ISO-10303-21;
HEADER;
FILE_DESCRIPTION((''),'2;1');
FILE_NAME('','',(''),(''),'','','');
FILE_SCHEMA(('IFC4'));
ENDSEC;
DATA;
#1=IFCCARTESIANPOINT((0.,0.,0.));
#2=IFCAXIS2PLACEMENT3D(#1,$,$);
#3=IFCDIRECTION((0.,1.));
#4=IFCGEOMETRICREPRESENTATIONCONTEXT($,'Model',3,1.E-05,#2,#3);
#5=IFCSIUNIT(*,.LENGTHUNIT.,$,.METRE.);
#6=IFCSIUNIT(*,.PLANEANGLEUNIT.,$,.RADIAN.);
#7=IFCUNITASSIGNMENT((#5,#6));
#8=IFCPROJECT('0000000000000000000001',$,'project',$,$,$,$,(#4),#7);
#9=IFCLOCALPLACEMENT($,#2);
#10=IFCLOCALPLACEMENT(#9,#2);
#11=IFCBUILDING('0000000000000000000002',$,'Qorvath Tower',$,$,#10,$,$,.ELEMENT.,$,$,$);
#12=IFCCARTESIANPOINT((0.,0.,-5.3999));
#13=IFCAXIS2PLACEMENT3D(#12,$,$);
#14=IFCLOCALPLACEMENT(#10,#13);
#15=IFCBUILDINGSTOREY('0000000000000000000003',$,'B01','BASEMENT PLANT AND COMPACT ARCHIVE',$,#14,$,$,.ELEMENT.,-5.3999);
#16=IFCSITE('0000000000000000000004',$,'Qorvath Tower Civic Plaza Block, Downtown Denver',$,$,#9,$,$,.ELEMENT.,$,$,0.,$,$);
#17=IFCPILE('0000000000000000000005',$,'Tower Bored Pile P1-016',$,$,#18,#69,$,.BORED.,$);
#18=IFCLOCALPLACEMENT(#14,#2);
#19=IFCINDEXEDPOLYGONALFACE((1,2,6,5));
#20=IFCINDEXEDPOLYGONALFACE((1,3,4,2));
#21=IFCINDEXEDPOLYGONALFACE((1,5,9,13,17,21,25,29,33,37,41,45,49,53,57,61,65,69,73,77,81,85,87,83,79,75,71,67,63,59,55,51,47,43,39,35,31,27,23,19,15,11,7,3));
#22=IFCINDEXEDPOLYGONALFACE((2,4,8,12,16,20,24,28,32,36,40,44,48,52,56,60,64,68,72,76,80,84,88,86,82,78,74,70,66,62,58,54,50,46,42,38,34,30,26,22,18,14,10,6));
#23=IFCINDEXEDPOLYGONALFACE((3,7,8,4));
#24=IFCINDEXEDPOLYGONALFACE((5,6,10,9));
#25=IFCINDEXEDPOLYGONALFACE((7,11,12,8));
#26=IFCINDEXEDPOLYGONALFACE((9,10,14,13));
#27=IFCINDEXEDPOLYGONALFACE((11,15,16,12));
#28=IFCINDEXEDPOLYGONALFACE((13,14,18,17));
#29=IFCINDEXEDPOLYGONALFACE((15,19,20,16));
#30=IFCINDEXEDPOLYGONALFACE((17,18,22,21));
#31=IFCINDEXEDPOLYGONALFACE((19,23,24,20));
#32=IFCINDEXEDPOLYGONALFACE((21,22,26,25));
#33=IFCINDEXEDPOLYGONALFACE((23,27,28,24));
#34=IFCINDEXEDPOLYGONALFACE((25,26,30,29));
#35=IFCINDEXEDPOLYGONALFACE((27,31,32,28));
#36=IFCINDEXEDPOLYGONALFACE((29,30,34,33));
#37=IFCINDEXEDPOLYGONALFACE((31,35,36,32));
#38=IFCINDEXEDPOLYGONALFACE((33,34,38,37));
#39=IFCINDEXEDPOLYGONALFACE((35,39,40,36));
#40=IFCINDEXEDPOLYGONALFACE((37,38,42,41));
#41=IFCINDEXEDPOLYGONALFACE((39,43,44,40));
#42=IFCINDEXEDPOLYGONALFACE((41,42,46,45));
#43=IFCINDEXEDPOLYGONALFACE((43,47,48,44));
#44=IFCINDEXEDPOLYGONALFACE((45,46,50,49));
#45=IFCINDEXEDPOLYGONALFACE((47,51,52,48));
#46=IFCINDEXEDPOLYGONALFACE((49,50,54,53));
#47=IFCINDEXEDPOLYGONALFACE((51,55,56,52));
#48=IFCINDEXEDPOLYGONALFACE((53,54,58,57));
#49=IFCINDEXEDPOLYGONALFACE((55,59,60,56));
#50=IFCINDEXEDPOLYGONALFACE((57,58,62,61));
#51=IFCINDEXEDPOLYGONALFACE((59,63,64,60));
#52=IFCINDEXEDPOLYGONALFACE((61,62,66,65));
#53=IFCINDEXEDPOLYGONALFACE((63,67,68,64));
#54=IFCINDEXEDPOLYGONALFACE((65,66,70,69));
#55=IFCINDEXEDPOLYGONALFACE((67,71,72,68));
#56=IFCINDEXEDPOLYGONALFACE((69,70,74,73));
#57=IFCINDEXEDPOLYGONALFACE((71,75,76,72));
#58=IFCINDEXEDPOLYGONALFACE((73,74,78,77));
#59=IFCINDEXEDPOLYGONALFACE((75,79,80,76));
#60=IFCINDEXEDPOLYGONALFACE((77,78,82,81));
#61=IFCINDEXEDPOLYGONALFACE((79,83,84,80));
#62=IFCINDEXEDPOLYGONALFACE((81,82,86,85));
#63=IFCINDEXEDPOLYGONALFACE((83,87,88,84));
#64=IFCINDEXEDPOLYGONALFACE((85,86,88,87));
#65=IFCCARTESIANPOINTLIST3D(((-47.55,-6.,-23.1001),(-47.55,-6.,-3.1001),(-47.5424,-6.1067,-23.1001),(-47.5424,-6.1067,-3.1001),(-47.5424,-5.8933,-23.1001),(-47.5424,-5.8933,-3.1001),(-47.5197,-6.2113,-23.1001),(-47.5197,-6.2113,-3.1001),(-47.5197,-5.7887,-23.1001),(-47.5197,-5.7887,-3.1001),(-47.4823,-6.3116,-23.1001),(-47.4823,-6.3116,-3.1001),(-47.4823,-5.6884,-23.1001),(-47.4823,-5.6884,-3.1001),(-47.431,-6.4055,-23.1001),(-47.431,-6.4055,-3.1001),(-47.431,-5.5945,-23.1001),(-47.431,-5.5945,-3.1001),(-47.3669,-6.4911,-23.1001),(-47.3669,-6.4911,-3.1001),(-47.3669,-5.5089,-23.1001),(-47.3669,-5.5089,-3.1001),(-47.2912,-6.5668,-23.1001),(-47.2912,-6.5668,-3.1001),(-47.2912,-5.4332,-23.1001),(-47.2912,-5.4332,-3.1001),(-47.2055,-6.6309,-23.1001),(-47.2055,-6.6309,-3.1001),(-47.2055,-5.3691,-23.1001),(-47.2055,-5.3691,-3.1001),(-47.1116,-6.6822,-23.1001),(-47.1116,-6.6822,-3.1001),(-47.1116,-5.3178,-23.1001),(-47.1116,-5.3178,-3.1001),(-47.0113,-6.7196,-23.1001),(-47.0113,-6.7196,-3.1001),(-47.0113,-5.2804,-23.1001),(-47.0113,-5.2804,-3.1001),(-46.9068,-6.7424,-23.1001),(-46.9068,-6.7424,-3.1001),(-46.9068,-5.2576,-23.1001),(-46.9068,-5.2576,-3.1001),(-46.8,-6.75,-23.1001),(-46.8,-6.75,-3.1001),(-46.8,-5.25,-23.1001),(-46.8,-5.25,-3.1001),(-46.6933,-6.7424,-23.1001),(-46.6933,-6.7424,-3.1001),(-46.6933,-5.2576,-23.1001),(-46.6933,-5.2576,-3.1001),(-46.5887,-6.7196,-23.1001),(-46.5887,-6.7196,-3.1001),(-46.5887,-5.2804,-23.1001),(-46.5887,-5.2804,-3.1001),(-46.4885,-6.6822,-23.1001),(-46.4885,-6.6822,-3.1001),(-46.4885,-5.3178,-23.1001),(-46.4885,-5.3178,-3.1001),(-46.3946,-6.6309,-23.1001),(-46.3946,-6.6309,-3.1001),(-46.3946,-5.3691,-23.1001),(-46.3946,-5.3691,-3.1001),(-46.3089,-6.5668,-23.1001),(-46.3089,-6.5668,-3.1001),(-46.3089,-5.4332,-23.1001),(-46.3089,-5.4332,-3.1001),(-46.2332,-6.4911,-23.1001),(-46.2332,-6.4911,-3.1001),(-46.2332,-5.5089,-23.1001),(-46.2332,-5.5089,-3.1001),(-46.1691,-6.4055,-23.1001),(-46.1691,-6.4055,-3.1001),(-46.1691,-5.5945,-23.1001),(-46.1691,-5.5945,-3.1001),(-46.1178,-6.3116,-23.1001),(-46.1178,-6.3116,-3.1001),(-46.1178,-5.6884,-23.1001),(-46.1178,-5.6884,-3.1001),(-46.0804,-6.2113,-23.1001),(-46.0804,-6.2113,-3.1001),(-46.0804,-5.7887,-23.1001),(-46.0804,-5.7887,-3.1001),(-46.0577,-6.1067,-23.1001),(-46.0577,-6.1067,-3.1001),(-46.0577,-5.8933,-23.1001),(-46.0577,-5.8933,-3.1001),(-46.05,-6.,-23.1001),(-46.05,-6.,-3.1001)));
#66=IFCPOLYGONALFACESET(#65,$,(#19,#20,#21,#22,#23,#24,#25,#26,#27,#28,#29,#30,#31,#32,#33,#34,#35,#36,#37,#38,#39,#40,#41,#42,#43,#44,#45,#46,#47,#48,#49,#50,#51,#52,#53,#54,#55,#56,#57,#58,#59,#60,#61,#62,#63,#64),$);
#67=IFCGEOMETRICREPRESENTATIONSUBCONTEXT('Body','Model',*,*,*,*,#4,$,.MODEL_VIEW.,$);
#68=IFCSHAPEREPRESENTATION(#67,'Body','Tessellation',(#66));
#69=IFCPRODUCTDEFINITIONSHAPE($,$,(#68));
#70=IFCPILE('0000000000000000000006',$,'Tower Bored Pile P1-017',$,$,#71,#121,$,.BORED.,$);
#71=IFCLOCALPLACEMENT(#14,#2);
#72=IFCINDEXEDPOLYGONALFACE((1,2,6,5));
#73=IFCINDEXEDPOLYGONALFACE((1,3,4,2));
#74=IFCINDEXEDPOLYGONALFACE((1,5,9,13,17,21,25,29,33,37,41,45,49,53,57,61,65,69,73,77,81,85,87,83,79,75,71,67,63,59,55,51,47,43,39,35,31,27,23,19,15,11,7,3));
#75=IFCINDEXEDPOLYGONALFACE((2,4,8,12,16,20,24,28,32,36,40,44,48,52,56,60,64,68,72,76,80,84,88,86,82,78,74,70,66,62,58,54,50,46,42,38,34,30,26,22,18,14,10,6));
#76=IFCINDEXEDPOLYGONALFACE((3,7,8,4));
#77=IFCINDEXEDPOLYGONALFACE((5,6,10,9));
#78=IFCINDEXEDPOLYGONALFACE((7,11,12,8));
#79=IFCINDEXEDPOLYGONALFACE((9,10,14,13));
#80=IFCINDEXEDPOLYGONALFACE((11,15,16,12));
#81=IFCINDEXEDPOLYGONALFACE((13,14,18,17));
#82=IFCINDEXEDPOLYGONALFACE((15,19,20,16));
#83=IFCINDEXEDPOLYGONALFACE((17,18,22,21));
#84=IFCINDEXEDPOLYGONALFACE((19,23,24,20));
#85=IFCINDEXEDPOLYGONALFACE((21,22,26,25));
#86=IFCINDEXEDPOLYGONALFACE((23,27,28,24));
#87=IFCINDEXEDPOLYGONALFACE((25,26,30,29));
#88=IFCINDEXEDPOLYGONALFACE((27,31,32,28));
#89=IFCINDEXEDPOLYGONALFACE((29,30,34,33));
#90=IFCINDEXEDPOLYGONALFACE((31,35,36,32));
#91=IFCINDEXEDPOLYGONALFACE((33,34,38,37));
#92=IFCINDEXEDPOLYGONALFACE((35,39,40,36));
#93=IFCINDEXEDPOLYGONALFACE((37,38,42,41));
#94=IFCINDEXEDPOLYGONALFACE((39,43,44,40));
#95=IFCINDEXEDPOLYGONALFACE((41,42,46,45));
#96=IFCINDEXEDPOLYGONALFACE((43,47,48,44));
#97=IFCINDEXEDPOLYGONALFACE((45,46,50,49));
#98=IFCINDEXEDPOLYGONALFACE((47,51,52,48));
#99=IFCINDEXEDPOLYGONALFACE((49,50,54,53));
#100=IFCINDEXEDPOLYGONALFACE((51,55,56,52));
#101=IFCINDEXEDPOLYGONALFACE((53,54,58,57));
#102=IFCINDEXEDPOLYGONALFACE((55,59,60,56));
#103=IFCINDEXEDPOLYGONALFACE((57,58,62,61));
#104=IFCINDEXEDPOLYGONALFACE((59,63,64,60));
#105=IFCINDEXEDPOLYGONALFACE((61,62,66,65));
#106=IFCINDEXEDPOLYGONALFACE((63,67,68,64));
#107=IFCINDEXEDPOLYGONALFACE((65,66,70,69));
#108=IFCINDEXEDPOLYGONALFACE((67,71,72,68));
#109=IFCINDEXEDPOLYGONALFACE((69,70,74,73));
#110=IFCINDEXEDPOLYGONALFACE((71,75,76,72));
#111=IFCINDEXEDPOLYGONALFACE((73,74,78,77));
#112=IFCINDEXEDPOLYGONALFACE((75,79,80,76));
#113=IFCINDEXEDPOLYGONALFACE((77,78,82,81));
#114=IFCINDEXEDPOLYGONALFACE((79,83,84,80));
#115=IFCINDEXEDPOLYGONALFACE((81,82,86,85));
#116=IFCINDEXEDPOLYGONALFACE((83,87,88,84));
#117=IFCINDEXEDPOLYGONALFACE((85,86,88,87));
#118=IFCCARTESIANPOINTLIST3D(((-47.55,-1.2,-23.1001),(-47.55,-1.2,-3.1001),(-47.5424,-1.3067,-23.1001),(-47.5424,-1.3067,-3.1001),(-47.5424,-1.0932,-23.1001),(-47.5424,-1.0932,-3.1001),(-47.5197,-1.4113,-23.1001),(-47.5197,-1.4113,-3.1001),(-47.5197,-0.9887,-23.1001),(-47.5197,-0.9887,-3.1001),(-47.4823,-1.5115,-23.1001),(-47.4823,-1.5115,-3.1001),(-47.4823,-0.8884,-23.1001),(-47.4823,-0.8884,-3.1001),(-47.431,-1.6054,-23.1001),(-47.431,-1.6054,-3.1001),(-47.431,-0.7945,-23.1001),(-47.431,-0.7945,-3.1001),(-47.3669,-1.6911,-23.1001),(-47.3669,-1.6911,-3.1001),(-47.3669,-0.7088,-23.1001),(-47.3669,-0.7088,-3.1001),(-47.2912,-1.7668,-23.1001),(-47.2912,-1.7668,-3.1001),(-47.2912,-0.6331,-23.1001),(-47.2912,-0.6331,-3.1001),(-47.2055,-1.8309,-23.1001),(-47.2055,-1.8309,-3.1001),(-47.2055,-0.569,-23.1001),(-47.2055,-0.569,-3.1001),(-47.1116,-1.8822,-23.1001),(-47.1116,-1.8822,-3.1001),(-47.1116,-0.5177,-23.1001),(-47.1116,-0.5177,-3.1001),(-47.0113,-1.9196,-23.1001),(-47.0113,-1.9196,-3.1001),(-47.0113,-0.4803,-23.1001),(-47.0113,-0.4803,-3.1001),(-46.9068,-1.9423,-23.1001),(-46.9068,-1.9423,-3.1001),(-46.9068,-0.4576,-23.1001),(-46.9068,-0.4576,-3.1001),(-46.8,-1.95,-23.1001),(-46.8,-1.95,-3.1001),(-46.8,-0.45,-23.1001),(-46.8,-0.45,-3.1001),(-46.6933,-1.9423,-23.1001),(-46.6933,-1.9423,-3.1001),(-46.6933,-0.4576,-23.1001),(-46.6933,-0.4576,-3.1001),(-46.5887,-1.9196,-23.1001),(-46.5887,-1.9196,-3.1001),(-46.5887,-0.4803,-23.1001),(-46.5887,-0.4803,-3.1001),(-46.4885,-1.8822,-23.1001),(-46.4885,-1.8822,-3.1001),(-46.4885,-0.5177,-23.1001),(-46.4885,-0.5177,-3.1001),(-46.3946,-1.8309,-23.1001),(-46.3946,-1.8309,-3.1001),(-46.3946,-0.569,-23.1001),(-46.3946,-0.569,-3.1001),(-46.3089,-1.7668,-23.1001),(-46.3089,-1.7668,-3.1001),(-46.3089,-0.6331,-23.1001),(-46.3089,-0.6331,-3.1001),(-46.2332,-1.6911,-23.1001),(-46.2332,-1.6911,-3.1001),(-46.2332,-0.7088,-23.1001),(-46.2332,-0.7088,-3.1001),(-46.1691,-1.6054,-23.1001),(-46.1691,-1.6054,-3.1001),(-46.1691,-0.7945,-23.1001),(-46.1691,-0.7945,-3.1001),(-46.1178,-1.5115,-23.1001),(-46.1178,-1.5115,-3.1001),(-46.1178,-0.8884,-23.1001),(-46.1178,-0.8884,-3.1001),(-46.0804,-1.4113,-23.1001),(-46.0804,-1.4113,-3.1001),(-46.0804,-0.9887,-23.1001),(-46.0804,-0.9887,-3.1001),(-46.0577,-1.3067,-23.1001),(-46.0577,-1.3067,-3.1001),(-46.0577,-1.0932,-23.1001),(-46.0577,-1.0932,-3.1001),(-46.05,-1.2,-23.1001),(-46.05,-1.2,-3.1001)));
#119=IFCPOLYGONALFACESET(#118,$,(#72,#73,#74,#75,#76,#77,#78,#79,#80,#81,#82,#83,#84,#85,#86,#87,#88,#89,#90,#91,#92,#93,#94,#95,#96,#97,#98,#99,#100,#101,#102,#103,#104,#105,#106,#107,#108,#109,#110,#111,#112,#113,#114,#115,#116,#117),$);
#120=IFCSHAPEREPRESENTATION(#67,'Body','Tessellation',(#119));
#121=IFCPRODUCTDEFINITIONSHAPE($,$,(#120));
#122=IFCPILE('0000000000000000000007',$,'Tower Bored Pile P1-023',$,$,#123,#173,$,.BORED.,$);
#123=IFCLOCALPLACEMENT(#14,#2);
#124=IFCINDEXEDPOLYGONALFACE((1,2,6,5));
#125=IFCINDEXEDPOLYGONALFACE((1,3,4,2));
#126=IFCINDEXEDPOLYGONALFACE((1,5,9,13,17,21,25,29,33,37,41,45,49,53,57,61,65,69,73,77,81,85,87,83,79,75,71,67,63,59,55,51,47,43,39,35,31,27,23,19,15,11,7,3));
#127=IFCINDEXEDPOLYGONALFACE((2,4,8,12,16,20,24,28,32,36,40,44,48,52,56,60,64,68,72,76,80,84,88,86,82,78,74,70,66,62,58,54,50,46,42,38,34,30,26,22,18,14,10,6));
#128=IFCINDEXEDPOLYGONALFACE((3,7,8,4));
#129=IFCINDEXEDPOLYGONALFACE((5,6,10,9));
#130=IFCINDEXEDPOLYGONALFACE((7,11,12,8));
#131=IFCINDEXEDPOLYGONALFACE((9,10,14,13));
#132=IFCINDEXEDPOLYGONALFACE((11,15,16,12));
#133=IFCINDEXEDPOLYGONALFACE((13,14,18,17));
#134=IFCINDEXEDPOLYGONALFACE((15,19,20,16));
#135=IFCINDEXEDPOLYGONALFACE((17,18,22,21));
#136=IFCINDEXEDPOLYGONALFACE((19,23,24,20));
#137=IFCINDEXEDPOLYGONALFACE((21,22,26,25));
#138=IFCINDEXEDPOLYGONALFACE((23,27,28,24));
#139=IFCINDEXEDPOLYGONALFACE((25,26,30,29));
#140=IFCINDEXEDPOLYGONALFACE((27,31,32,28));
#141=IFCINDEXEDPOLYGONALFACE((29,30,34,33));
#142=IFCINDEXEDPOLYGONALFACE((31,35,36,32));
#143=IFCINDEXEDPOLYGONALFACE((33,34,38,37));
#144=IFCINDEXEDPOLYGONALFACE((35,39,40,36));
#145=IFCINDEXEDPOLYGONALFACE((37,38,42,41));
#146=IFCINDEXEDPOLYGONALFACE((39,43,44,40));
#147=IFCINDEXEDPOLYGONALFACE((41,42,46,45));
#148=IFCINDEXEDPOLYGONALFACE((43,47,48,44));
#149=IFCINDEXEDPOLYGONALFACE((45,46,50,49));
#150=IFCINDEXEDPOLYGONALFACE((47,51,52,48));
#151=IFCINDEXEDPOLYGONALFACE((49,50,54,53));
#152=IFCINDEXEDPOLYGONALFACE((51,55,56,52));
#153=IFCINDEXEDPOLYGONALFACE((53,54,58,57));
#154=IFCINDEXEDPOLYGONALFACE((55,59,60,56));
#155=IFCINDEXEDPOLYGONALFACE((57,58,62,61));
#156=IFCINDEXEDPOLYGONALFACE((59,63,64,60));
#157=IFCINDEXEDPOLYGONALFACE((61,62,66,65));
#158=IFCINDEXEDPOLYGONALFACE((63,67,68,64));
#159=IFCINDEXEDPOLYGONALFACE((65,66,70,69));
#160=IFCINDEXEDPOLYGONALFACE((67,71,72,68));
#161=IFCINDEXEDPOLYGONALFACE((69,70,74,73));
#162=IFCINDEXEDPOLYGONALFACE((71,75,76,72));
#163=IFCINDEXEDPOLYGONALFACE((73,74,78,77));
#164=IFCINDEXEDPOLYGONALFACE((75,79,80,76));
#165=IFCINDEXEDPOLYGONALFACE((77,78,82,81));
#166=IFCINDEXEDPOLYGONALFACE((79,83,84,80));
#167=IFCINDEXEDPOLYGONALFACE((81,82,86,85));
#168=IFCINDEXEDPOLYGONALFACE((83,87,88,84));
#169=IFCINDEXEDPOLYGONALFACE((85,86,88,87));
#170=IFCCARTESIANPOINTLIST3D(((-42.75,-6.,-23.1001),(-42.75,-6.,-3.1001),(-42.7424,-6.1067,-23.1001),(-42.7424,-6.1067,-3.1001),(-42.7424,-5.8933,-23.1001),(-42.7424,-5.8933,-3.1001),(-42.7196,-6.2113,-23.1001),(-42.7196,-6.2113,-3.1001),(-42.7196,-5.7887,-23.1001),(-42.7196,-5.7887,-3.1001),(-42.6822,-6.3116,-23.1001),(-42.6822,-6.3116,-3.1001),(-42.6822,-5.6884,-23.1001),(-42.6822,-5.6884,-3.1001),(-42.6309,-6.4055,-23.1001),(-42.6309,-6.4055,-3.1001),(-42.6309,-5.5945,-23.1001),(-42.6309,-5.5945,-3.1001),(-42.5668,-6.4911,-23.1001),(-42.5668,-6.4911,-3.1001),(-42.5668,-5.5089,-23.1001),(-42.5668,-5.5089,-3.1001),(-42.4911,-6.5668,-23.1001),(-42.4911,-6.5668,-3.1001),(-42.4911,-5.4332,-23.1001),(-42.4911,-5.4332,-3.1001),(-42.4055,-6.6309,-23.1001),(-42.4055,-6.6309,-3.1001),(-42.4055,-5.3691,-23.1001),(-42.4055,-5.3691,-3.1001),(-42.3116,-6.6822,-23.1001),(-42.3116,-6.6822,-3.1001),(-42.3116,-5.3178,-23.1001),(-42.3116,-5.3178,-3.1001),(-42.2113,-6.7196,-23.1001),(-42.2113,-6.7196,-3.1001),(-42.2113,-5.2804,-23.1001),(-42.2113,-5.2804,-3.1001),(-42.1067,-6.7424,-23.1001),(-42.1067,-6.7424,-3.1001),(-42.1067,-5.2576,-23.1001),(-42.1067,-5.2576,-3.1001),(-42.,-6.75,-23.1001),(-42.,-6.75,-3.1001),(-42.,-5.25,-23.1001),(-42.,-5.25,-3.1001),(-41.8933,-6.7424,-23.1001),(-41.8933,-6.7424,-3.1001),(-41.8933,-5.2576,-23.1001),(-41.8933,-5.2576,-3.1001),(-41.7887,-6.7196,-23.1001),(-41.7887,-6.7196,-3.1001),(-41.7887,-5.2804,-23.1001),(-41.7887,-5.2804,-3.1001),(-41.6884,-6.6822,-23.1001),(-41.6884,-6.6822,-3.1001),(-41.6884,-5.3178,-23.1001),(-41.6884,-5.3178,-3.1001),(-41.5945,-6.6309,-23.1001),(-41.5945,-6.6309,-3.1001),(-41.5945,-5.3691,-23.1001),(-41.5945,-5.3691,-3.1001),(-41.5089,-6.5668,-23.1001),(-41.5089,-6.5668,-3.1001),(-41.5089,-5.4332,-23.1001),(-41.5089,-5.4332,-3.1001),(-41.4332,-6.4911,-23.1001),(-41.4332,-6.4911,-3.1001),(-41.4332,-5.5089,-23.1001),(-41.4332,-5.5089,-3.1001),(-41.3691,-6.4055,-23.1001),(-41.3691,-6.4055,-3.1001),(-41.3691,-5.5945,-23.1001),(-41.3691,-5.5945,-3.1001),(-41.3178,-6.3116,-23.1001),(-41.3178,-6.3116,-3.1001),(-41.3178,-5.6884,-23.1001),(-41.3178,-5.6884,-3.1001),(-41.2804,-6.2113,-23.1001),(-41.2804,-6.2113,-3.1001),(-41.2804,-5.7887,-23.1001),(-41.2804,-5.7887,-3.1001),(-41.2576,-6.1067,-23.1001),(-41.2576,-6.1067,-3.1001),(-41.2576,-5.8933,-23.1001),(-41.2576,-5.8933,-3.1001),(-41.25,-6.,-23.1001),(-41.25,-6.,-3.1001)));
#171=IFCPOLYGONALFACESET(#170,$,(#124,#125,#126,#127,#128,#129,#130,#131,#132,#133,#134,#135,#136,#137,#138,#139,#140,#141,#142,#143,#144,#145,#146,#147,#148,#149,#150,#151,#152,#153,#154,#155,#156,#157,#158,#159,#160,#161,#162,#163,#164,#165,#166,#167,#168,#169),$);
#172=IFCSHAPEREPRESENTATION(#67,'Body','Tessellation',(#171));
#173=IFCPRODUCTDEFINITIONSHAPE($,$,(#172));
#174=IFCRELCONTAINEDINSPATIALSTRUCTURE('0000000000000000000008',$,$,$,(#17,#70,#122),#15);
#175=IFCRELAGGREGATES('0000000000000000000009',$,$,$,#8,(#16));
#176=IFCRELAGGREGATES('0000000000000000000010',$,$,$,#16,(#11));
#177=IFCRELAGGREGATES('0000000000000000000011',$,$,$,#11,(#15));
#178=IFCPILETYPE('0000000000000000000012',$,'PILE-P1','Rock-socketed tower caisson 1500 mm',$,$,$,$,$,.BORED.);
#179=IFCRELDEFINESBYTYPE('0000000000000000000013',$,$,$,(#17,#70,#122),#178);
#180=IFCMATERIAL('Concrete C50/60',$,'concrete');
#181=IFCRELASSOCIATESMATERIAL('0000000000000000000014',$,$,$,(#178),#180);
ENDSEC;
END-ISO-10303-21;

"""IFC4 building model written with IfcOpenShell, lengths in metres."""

from ifc_helpers import new_model, si_unit, direction, frame, origin, origin_2d, place, context, subcontext, project, spatial, circle, extrude, material, material_profile, profile_set, type_object, element, save


model = new_model("IFC4")

# Units and contexts
model_context = context("Model", 3, precision=1e-05, world=origin(), true_north=direction((0.0, 1.0)))
body_context = subcontext(model_context, "Body", "Model", "MODEL_VIEW")
ifc_project = project(units=[si_unit("LENGTHUNIT", "METRE"), si_unit("PLANEANGLEUNIT", "RADIAN")], contexts=[model_context])

# Site, building, storey
site_placement = place(None, origin())
site = spatial("IfcSite", under=ifc_project, at=site_placement, Name="Qorvath Tower Civic Plaza Block, Downtown Denver", CompositionType="ELEMENT", RefElevation=0.0)
building_placement = place(site_placement, origin())
building = spatial("IfcBuilding", under=site, at=building_placement, Name="Qorvath Tower", CompositionType="ELEMENT")
storey_placement = place(building_placement, frame((0.0, 0.0, -5.3999)))
storey = spatial("IfcBuildingStorey", under=building, at=storey_placement, Name="B01", Description="BASEMENT PLANT AND COMPACT ARCHIVE", CompositionType="ELEMENT", Elevation=-5.3999)

# Piles
ifc_material_1 = material(Name="Concrete C50/60", Category="concrete")
ifc_material_profile_1 = material_profile(ifc_material_1, circle(Radius=0.75, at=origin_2d()), Name="BORED PILE 1500")
ifc_profile_set_1 = profile_set([ifc_material_profile_1], Name="Concrete C50/60")
pile_type = type_object("IfcPileType", Name="PILE-P1", Description="Rock-socketed tower caisson 1500 mm", PredefinedType="BORED", material=ifc_profile_set_1)
for number, where, z_axis, x_axis, name in (
    (1, (-46.8, -6.0, -3.1001), (0.0, 0.0, -1.0), (1.0, 0.0, 0.0), "Tower Bored Pile P1-016"),
    (2, (-46.8, -1.2, -3.1001), (0.0, 0.0, -1.0), (1.0, 0.0, 0.0), "Tower Bored Pile P1-017"),
    (3, (-42.0, -6.0, -3.1001), (0.0, 0.0, -1.0), (1.0, 0.0, 0.0), "Tower Bored Pile P1-023"),
):
    element("IfcPile", number, at=place(storey_placement, frame(where, z_axis=z_axis, x_axis=x_axis)), inside=storey, type_object=pile_type, Name=name, PredefinedType="BORED", context=body_context, shape_type="SweptSolid", body=[
        extrude(circle(Radius=0.75, at=origin_2d()), origin(), (0.0, 0.0, 1.0), 20.0),
    ])

save(model, "model.ifc")
